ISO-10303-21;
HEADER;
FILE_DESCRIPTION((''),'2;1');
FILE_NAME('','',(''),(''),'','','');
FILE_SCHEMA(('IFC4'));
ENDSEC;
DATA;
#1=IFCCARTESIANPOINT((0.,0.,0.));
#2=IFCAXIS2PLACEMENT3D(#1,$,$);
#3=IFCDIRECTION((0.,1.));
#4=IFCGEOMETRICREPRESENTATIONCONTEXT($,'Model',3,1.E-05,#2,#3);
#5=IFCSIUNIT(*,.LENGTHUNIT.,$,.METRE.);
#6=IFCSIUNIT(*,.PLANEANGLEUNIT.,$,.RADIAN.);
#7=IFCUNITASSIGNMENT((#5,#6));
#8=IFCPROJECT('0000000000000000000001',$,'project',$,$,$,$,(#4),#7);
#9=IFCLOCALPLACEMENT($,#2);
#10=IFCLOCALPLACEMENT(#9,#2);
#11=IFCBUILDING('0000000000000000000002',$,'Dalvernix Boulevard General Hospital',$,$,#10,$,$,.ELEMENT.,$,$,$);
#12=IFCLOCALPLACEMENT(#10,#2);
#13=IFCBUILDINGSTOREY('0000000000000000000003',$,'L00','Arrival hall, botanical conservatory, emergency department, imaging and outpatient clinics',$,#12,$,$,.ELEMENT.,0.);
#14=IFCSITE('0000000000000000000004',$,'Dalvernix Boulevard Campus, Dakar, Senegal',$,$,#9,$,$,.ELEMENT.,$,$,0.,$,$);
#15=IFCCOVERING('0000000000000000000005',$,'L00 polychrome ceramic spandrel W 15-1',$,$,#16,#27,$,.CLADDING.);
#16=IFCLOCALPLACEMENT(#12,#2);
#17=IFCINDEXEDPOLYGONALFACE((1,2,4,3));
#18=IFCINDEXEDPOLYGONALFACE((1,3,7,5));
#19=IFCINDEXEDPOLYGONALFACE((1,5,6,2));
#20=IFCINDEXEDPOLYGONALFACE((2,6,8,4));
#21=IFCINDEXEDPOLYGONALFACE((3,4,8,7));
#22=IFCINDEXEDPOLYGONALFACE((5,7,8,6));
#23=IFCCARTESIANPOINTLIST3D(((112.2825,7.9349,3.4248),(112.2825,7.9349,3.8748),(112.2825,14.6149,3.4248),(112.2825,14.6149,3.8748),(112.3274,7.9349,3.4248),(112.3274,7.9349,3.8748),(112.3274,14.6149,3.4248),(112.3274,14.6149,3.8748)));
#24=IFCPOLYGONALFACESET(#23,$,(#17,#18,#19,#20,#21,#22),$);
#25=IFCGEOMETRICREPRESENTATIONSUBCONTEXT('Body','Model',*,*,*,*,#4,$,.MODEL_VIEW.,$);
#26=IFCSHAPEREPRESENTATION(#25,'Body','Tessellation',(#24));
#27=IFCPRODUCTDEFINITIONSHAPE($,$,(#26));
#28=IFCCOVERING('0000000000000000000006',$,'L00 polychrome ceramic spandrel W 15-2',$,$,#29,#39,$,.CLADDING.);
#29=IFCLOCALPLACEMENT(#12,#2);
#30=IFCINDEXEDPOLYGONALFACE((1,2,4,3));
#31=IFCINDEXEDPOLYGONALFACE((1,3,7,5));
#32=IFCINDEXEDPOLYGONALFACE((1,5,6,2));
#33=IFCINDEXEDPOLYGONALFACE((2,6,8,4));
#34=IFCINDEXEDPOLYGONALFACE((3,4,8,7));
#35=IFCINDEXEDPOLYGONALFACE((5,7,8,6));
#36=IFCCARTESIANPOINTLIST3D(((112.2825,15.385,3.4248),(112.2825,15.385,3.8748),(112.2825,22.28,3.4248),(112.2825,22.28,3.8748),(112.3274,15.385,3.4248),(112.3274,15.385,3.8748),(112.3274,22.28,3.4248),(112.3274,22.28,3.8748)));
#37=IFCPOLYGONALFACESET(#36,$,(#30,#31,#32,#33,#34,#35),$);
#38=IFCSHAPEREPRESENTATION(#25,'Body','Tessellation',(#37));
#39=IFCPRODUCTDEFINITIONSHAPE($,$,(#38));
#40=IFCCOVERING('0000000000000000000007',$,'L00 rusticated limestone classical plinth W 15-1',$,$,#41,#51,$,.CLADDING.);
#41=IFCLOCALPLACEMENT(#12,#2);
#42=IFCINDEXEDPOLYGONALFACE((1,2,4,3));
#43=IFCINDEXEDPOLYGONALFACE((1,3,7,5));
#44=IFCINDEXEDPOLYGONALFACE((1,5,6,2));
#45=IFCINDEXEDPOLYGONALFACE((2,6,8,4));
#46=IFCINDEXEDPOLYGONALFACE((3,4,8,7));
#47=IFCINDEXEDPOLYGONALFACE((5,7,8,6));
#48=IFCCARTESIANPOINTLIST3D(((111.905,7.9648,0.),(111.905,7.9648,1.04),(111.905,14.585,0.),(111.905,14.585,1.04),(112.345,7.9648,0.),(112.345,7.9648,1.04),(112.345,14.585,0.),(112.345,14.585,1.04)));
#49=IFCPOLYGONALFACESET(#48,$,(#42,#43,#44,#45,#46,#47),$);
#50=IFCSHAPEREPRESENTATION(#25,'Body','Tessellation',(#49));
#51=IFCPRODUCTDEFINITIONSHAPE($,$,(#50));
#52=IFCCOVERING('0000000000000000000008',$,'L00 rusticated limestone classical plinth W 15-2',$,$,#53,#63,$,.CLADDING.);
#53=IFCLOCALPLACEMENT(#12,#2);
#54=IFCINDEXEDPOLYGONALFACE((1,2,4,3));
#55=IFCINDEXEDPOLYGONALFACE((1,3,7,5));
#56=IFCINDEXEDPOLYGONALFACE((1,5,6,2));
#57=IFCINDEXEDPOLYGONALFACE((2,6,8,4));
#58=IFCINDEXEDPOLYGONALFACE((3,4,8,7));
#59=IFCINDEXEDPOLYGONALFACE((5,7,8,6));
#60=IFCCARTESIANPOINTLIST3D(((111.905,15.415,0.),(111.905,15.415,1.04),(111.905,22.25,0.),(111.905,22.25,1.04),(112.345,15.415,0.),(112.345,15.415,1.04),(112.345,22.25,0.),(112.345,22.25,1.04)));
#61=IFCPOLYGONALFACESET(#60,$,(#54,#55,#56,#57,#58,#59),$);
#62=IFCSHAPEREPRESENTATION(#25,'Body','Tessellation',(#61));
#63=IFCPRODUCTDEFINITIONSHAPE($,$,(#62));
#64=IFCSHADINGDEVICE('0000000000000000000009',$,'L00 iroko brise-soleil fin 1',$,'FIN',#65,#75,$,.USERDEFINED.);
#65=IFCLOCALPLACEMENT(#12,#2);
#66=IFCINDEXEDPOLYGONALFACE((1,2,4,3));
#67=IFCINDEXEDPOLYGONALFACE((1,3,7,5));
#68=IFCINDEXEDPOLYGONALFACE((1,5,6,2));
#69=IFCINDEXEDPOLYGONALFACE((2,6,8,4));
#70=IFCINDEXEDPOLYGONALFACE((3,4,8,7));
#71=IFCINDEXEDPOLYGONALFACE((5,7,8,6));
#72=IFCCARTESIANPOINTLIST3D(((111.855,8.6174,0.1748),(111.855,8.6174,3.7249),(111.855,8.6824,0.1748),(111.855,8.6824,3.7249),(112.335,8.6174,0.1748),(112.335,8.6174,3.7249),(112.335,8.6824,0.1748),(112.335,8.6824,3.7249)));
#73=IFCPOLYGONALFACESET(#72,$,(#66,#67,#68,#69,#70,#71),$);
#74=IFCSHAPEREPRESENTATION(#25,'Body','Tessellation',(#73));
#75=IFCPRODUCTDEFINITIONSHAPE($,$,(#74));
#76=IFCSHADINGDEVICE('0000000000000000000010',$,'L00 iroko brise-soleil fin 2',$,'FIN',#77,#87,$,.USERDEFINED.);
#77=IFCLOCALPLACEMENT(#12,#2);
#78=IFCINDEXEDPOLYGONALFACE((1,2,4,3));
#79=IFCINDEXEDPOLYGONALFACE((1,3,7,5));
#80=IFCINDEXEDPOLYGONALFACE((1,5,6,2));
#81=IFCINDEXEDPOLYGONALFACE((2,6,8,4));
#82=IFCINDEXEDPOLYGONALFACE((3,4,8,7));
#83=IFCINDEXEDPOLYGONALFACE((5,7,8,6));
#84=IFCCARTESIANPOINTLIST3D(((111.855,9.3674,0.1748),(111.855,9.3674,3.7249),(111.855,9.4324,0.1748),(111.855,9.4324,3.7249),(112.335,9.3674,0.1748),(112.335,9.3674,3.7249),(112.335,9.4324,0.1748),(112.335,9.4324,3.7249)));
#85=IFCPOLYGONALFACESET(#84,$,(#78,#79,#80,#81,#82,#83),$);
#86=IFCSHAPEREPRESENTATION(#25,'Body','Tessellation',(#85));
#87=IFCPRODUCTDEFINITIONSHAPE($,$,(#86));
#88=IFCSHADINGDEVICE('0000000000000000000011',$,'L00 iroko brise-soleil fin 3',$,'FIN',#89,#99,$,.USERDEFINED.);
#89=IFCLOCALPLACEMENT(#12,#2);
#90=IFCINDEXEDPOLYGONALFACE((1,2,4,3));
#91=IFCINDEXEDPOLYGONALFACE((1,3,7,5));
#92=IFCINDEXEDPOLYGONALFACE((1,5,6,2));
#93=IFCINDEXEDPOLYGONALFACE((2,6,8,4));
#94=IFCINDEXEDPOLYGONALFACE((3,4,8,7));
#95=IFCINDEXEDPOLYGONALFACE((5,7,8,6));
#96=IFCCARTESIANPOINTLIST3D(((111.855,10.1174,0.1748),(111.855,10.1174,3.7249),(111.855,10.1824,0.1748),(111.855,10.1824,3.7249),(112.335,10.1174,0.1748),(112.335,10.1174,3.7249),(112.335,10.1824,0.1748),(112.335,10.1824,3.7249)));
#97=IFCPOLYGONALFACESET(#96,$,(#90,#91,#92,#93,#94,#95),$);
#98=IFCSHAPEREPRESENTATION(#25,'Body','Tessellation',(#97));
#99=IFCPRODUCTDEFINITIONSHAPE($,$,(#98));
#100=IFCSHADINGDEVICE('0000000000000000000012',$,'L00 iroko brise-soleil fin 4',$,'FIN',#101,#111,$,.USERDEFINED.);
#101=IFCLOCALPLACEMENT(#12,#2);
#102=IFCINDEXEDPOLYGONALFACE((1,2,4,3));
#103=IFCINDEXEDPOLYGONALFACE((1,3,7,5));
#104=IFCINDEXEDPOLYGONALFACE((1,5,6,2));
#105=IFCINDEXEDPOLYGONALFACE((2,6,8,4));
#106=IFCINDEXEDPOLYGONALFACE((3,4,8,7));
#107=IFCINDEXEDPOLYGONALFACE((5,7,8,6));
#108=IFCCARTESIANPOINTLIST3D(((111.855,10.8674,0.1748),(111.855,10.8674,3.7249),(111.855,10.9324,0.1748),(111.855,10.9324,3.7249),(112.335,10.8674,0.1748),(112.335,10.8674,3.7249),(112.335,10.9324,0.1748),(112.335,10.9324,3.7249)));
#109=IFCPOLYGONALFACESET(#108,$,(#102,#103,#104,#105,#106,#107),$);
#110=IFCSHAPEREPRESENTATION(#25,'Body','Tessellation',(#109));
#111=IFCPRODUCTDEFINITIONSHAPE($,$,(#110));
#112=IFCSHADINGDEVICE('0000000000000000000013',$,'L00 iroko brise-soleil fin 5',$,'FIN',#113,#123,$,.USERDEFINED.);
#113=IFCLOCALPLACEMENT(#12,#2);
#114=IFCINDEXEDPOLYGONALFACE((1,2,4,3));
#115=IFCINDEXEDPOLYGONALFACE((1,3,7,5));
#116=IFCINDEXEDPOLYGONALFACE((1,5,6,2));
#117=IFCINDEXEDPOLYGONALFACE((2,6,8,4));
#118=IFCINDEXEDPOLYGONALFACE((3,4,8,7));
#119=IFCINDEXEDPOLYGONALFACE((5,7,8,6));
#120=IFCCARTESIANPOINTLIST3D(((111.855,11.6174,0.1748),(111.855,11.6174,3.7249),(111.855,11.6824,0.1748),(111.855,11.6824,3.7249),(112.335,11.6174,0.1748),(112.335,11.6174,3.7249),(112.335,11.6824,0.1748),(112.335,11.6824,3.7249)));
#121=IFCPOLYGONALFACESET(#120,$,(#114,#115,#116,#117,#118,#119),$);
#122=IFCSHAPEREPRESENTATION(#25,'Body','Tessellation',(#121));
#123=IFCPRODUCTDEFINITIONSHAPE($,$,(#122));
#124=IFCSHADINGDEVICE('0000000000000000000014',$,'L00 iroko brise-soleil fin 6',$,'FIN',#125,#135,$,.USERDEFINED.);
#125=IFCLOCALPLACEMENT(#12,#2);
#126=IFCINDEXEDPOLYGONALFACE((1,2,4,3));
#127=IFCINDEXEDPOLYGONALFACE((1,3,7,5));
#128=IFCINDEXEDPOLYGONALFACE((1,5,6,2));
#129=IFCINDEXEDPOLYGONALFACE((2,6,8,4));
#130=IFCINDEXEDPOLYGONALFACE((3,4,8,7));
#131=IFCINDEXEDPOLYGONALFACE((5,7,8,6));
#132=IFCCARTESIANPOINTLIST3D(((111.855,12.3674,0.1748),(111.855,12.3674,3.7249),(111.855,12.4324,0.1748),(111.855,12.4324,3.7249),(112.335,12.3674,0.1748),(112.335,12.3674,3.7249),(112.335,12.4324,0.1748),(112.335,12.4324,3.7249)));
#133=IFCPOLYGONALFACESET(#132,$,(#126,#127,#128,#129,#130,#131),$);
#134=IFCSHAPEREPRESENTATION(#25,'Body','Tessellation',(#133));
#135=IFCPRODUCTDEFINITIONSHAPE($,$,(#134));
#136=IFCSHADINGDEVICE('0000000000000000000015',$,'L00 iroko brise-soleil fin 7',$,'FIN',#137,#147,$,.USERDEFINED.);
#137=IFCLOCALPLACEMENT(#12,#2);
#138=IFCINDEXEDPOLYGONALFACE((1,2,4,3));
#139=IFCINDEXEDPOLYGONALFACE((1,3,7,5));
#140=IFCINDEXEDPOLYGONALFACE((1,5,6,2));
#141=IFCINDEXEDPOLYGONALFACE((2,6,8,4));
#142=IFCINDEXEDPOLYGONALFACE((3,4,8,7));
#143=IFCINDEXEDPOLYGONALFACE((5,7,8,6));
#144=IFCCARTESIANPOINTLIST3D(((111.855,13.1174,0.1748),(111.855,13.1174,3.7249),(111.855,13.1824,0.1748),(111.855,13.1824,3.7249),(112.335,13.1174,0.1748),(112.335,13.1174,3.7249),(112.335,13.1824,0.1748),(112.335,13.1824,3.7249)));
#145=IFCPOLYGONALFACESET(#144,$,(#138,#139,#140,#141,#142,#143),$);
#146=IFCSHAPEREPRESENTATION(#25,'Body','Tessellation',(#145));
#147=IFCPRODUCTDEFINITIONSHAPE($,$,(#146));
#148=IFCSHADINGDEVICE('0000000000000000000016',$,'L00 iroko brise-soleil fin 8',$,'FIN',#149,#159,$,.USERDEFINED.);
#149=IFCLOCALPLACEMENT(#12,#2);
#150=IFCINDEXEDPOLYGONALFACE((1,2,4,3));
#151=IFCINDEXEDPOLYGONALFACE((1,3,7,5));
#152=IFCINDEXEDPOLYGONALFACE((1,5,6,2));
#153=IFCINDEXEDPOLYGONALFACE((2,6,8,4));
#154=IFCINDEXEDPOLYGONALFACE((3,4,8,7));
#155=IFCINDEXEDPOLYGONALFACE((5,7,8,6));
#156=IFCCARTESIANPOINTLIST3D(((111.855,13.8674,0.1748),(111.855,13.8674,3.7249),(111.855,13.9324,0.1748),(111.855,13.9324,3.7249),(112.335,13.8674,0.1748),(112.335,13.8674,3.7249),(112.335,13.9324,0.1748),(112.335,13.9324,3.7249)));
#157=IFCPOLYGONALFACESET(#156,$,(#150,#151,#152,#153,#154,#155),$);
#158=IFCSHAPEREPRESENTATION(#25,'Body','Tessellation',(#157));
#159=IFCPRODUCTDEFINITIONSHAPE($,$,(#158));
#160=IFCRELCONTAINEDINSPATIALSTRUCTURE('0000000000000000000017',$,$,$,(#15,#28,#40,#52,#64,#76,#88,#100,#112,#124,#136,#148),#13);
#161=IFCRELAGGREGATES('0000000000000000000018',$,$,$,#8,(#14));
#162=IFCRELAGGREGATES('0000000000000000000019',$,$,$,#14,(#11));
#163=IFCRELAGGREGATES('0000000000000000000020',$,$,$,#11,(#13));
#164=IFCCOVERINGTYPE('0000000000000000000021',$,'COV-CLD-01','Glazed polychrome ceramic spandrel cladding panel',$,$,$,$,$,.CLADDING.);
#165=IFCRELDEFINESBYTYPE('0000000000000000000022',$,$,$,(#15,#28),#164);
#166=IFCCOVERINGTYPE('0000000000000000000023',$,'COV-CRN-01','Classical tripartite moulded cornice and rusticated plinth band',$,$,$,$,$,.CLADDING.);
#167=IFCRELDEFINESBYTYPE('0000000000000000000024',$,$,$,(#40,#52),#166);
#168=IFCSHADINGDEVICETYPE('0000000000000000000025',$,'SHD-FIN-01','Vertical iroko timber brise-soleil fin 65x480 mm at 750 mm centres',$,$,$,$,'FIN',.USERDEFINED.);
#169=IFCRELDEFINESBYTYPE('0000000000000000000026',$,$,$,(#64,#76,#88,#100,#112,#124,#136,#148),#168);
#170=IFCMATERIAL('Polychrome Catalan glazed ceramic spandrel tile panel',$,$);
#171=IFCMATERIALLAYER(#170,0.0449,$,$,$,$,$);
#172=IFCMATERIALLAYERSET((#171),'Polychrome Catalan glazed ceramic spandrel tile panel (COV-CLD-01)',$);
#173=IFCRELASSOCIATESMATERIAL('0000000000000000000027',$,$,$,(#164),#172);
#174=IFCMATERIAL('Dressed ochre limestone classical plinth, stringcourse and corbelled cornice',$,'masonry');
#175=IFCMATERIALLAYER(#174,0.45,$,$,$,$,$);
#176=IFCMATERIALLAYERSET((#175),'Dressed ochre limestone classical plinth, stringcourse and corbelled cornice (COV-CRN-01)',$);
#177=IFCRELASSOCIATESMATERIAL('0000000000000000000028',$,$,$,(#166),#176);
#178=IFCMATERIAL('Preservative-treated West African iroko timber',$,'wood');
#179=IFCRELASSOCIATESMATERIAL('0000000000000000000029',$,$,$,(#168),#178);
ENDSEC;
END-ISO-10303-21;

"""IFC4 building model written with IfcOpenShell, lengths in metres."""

from ifc_helpers import new_model, si_unit, direction, frame, origin, origin_2d, place, context, subcontext, project, spatial, rectangle, extrude, material, layer, layer_set, type_object, element, save


model = new_model("IFC4")

# Units and contexts
model_context = context("Model", 3, precision=1e-05, world=origin(), true_north=direction((0.0, 1.0)))
body_context = subcontext(model_context, "Body", "Model", "MODEL_VIEW")
ifc_project = project(units=[si_unit("LENGTHUNIT", "METRE"), si_unit("PLANEANGLEUNIT", "RADIAN")], contexts=[model_context])

# Site, building, storey
site_placement = place(None, origin())
site = spatial("IfcSite", under=ifc_project, at=site_placement, Name="Dalvernix Boulevard Campus, Dakar, Senegal", CompositionType="ELEMENT", RefElevation=0.0)
building_placement = place(site_placement, origin())
building = spatial("IfcBuilding", under=site, at=building_placement, Name="Dalvernix Boulevard General Hospital", CompositionType="ELEMENT")
storey_placement = place(building_placement, origin())
storey = spatial("IfcBuildingStorey", under=building, at=storey_placement, Name="L00", Description="Arrival hall, botanical conservatory, emergency department, imaging and outpatient clinics", CompositionType="ELEMENT", Elevation=0.0)

# Coverings
ifc_material_1 = material(Name="Polychrome Catalan glazed ceramic spandrel tile panel")
ifc_layer_1 = layer(ifc_material_1, 0.0449)
ifc_layer_set_1 = layer_set([ifc_layer_1], Name="Polychrome Catalan glazed ceramic spandrel tile panel (COV-CLD-01)")
covering_type_1 = type_object("IfcCoveringType", Name="COV-CLD-01", Description="Glazed polychrome ceramic spandrel cladding panel", PredefinedType="CLADDING", material=ifc_layer_set_1)
covering_1_placement = place(storey_placement, frame((112.3049, 11.2749, 3.4248), z_axis=(0.0, 0.0, 1.0), x_axis=(0.0, 1.0, 0.0)))
element("IfcCovering", 1, at=covering_1_placement, inside=storey, type_object=covering_type_1, Name="L00 polychrome ceramic spandrel W 15-1", PredefinedType="CLADDING", context=body_context, shape_type="SweptSolid", body=[
    extrude(rectangle(XDim=6.6799, YDim=0.0449, at=origin_2d()), origin(), (0.0, 0.0, 1.0), 0.45),
])
covering_2_placement = place(storey_placement, frame((112.3049, 18.8325, 3.4248), z_axis=(0.0, 0.0, 1.0), x_axis=(0.0, 1.0, 0.0)))
element("IfcCovering", 2, at=covering_2_placement, inside=storey, type_object=covering_type_1, Name="L00 polychrome ceramic spandrel W 15-2", PredefinedType="CLADDING", context=body_context, shape_type="SweptSolid", body=[
    extrude(rectangle(XDim=6.895, YDim=0.0449, at=origin_2d()), origin(), (0.0, 0.0, 1.0), 0.45),
])
ifc_material_2 = material(Name="Dressed ochre limestone classical plinth, stringcourse and corbelled cornice", Category="masonry")
ifc_layer_2 = layer(ifc_material_2, 0.45)
ifc_layer_set_2 = layer_set([ifc_layer_2], Name="Dressed ochre limestone classical plinth, stringcourse and corbelled cornice (COV-CRN-01)")
covering_type_2 = type_object("IfcCoveringType", Name="COV-CRN-01", Description="Classical tripartite moulded cornice and rusticated plinth band", PredefinedType="CLADDING", material=ifc_layer_set_2)
covering_3_placement = place(storey_placement, frame((112.125, 11.2749, 0.0), z_axis=(0.0, 0.0, 1.0), x_axis=(0.0, 1.0, 0.0)))
element("IfcCovering", 3, at=covering_3_placement, inside=storey, type_object=covering_type_2, Name="L00 rusticated limestone classical plinth W 15-1", PredefinedType="CLADDING", context=body_context, shape_type="SweptSolid", body=[
    extrude(rectangle(XDim=6.6201, YDim=0.4399, at=origin_2d()), origin(), (0.0, 0.0, 1.0), 1.04),
])
covering_4_placement = place(storey_placement, frame((112.125, 18.8325, 0.0), z_axis=(0.0, 0.0, 1.0), x_axis=(0.0, 1.0, 0.0)))
element("IfcCovering", 4, at=covering_4_placement, inside=storey, type_object=covering_type_2, Name="L00 rusticated limestone classical plinth W 15-2", PredefinedType="CLADDING", context=body_context, shape_type="SweptSolid", body=[
    extrude(rectangle(XDim=6.835, YDim=0.4399, at=origin_2d()), origin(), (0.0, 0.0, 1.0), 1.04),
])

# Shading devices
ifc_material_3 = material(Name="Preservative-treated West African iroko timber", Category="wood")
shading_device_type = type_object("IfcShadingDeviceType", Name="SHD-FIN-01", Description="Vertical iroko timber brise-soleil fin 65x480 mm at 750 mm centres", ElementType="FIN", PredefinedType="USERDEFINED", material=ifc_material_3)
for number, where, z_axis, x_axis, name in (
    (5, (112.095, 8.6499, 0.1748), (0.0, 0.0, 1.0), (0.0, 1.0, 0.0), "L00 iroko brise-soleil fin 1"),
    (6, (112.095, 9.3999, 0.1748), (0.0, 0.0, 1.0), (0.0, 1.0, 0.0), "L00 iroko brise-soleil fin 2"),
    (7, (112.095, 10.1499, 0.1748), (0.0, 0.0, 1.0), (0.0, 1.0, 0.0), "L00 iroko brise-soleil fin 3"),
    (8, (112.095, 10.8999, 0.1748), (0.0, 0.0, 1.0), (0.0, 1.0, 0.0), "L00 iroko brise-soleil fin 4"),
    (9, (112.095, 11.6499, 0.1748), (0.0, 0.0, 1.0), (0.0, 1.0, 0.0), "L00 iroko brise-soleil fin 5"),
    (10, (112.095, 12.3999, 0.1748), (0.0, 0.0, 1.0), (0.0, 1.0, 0.0), "L00 iroko brise-soleil fin 6"),
    (11, (112.095, 13.1499, 0.1748), (0.0, 0.0, 1.0), (0.0, 1.0, 0.0), "L00 iroko brise-soleil fin 7"),
    (12, (112.095, 13.8999, 0.1748), (0.0, 0.0, 1.0), (0.0, 1.0, 0.0), "L00 iroko brise-soleil fin 8"),
):
    element("IfcShadingDevice", number, at=place(storey_placement, frame(where, z_axis=z_axis, x_axis=x_axis)), inside=storey, type_object=shading_device_type, Name=name, ObjectType="FIN", PredefinedType="USERDEFINED", context=body_context, shape_type="SweptSolid", body=[
        extrude(rectangle(XDim=0.0649, YDim=0.48, at=origin_2d()), origin(), (0.0, 0.0, 1.0), 3.55),
    ])

save(model, "model.ifc")
